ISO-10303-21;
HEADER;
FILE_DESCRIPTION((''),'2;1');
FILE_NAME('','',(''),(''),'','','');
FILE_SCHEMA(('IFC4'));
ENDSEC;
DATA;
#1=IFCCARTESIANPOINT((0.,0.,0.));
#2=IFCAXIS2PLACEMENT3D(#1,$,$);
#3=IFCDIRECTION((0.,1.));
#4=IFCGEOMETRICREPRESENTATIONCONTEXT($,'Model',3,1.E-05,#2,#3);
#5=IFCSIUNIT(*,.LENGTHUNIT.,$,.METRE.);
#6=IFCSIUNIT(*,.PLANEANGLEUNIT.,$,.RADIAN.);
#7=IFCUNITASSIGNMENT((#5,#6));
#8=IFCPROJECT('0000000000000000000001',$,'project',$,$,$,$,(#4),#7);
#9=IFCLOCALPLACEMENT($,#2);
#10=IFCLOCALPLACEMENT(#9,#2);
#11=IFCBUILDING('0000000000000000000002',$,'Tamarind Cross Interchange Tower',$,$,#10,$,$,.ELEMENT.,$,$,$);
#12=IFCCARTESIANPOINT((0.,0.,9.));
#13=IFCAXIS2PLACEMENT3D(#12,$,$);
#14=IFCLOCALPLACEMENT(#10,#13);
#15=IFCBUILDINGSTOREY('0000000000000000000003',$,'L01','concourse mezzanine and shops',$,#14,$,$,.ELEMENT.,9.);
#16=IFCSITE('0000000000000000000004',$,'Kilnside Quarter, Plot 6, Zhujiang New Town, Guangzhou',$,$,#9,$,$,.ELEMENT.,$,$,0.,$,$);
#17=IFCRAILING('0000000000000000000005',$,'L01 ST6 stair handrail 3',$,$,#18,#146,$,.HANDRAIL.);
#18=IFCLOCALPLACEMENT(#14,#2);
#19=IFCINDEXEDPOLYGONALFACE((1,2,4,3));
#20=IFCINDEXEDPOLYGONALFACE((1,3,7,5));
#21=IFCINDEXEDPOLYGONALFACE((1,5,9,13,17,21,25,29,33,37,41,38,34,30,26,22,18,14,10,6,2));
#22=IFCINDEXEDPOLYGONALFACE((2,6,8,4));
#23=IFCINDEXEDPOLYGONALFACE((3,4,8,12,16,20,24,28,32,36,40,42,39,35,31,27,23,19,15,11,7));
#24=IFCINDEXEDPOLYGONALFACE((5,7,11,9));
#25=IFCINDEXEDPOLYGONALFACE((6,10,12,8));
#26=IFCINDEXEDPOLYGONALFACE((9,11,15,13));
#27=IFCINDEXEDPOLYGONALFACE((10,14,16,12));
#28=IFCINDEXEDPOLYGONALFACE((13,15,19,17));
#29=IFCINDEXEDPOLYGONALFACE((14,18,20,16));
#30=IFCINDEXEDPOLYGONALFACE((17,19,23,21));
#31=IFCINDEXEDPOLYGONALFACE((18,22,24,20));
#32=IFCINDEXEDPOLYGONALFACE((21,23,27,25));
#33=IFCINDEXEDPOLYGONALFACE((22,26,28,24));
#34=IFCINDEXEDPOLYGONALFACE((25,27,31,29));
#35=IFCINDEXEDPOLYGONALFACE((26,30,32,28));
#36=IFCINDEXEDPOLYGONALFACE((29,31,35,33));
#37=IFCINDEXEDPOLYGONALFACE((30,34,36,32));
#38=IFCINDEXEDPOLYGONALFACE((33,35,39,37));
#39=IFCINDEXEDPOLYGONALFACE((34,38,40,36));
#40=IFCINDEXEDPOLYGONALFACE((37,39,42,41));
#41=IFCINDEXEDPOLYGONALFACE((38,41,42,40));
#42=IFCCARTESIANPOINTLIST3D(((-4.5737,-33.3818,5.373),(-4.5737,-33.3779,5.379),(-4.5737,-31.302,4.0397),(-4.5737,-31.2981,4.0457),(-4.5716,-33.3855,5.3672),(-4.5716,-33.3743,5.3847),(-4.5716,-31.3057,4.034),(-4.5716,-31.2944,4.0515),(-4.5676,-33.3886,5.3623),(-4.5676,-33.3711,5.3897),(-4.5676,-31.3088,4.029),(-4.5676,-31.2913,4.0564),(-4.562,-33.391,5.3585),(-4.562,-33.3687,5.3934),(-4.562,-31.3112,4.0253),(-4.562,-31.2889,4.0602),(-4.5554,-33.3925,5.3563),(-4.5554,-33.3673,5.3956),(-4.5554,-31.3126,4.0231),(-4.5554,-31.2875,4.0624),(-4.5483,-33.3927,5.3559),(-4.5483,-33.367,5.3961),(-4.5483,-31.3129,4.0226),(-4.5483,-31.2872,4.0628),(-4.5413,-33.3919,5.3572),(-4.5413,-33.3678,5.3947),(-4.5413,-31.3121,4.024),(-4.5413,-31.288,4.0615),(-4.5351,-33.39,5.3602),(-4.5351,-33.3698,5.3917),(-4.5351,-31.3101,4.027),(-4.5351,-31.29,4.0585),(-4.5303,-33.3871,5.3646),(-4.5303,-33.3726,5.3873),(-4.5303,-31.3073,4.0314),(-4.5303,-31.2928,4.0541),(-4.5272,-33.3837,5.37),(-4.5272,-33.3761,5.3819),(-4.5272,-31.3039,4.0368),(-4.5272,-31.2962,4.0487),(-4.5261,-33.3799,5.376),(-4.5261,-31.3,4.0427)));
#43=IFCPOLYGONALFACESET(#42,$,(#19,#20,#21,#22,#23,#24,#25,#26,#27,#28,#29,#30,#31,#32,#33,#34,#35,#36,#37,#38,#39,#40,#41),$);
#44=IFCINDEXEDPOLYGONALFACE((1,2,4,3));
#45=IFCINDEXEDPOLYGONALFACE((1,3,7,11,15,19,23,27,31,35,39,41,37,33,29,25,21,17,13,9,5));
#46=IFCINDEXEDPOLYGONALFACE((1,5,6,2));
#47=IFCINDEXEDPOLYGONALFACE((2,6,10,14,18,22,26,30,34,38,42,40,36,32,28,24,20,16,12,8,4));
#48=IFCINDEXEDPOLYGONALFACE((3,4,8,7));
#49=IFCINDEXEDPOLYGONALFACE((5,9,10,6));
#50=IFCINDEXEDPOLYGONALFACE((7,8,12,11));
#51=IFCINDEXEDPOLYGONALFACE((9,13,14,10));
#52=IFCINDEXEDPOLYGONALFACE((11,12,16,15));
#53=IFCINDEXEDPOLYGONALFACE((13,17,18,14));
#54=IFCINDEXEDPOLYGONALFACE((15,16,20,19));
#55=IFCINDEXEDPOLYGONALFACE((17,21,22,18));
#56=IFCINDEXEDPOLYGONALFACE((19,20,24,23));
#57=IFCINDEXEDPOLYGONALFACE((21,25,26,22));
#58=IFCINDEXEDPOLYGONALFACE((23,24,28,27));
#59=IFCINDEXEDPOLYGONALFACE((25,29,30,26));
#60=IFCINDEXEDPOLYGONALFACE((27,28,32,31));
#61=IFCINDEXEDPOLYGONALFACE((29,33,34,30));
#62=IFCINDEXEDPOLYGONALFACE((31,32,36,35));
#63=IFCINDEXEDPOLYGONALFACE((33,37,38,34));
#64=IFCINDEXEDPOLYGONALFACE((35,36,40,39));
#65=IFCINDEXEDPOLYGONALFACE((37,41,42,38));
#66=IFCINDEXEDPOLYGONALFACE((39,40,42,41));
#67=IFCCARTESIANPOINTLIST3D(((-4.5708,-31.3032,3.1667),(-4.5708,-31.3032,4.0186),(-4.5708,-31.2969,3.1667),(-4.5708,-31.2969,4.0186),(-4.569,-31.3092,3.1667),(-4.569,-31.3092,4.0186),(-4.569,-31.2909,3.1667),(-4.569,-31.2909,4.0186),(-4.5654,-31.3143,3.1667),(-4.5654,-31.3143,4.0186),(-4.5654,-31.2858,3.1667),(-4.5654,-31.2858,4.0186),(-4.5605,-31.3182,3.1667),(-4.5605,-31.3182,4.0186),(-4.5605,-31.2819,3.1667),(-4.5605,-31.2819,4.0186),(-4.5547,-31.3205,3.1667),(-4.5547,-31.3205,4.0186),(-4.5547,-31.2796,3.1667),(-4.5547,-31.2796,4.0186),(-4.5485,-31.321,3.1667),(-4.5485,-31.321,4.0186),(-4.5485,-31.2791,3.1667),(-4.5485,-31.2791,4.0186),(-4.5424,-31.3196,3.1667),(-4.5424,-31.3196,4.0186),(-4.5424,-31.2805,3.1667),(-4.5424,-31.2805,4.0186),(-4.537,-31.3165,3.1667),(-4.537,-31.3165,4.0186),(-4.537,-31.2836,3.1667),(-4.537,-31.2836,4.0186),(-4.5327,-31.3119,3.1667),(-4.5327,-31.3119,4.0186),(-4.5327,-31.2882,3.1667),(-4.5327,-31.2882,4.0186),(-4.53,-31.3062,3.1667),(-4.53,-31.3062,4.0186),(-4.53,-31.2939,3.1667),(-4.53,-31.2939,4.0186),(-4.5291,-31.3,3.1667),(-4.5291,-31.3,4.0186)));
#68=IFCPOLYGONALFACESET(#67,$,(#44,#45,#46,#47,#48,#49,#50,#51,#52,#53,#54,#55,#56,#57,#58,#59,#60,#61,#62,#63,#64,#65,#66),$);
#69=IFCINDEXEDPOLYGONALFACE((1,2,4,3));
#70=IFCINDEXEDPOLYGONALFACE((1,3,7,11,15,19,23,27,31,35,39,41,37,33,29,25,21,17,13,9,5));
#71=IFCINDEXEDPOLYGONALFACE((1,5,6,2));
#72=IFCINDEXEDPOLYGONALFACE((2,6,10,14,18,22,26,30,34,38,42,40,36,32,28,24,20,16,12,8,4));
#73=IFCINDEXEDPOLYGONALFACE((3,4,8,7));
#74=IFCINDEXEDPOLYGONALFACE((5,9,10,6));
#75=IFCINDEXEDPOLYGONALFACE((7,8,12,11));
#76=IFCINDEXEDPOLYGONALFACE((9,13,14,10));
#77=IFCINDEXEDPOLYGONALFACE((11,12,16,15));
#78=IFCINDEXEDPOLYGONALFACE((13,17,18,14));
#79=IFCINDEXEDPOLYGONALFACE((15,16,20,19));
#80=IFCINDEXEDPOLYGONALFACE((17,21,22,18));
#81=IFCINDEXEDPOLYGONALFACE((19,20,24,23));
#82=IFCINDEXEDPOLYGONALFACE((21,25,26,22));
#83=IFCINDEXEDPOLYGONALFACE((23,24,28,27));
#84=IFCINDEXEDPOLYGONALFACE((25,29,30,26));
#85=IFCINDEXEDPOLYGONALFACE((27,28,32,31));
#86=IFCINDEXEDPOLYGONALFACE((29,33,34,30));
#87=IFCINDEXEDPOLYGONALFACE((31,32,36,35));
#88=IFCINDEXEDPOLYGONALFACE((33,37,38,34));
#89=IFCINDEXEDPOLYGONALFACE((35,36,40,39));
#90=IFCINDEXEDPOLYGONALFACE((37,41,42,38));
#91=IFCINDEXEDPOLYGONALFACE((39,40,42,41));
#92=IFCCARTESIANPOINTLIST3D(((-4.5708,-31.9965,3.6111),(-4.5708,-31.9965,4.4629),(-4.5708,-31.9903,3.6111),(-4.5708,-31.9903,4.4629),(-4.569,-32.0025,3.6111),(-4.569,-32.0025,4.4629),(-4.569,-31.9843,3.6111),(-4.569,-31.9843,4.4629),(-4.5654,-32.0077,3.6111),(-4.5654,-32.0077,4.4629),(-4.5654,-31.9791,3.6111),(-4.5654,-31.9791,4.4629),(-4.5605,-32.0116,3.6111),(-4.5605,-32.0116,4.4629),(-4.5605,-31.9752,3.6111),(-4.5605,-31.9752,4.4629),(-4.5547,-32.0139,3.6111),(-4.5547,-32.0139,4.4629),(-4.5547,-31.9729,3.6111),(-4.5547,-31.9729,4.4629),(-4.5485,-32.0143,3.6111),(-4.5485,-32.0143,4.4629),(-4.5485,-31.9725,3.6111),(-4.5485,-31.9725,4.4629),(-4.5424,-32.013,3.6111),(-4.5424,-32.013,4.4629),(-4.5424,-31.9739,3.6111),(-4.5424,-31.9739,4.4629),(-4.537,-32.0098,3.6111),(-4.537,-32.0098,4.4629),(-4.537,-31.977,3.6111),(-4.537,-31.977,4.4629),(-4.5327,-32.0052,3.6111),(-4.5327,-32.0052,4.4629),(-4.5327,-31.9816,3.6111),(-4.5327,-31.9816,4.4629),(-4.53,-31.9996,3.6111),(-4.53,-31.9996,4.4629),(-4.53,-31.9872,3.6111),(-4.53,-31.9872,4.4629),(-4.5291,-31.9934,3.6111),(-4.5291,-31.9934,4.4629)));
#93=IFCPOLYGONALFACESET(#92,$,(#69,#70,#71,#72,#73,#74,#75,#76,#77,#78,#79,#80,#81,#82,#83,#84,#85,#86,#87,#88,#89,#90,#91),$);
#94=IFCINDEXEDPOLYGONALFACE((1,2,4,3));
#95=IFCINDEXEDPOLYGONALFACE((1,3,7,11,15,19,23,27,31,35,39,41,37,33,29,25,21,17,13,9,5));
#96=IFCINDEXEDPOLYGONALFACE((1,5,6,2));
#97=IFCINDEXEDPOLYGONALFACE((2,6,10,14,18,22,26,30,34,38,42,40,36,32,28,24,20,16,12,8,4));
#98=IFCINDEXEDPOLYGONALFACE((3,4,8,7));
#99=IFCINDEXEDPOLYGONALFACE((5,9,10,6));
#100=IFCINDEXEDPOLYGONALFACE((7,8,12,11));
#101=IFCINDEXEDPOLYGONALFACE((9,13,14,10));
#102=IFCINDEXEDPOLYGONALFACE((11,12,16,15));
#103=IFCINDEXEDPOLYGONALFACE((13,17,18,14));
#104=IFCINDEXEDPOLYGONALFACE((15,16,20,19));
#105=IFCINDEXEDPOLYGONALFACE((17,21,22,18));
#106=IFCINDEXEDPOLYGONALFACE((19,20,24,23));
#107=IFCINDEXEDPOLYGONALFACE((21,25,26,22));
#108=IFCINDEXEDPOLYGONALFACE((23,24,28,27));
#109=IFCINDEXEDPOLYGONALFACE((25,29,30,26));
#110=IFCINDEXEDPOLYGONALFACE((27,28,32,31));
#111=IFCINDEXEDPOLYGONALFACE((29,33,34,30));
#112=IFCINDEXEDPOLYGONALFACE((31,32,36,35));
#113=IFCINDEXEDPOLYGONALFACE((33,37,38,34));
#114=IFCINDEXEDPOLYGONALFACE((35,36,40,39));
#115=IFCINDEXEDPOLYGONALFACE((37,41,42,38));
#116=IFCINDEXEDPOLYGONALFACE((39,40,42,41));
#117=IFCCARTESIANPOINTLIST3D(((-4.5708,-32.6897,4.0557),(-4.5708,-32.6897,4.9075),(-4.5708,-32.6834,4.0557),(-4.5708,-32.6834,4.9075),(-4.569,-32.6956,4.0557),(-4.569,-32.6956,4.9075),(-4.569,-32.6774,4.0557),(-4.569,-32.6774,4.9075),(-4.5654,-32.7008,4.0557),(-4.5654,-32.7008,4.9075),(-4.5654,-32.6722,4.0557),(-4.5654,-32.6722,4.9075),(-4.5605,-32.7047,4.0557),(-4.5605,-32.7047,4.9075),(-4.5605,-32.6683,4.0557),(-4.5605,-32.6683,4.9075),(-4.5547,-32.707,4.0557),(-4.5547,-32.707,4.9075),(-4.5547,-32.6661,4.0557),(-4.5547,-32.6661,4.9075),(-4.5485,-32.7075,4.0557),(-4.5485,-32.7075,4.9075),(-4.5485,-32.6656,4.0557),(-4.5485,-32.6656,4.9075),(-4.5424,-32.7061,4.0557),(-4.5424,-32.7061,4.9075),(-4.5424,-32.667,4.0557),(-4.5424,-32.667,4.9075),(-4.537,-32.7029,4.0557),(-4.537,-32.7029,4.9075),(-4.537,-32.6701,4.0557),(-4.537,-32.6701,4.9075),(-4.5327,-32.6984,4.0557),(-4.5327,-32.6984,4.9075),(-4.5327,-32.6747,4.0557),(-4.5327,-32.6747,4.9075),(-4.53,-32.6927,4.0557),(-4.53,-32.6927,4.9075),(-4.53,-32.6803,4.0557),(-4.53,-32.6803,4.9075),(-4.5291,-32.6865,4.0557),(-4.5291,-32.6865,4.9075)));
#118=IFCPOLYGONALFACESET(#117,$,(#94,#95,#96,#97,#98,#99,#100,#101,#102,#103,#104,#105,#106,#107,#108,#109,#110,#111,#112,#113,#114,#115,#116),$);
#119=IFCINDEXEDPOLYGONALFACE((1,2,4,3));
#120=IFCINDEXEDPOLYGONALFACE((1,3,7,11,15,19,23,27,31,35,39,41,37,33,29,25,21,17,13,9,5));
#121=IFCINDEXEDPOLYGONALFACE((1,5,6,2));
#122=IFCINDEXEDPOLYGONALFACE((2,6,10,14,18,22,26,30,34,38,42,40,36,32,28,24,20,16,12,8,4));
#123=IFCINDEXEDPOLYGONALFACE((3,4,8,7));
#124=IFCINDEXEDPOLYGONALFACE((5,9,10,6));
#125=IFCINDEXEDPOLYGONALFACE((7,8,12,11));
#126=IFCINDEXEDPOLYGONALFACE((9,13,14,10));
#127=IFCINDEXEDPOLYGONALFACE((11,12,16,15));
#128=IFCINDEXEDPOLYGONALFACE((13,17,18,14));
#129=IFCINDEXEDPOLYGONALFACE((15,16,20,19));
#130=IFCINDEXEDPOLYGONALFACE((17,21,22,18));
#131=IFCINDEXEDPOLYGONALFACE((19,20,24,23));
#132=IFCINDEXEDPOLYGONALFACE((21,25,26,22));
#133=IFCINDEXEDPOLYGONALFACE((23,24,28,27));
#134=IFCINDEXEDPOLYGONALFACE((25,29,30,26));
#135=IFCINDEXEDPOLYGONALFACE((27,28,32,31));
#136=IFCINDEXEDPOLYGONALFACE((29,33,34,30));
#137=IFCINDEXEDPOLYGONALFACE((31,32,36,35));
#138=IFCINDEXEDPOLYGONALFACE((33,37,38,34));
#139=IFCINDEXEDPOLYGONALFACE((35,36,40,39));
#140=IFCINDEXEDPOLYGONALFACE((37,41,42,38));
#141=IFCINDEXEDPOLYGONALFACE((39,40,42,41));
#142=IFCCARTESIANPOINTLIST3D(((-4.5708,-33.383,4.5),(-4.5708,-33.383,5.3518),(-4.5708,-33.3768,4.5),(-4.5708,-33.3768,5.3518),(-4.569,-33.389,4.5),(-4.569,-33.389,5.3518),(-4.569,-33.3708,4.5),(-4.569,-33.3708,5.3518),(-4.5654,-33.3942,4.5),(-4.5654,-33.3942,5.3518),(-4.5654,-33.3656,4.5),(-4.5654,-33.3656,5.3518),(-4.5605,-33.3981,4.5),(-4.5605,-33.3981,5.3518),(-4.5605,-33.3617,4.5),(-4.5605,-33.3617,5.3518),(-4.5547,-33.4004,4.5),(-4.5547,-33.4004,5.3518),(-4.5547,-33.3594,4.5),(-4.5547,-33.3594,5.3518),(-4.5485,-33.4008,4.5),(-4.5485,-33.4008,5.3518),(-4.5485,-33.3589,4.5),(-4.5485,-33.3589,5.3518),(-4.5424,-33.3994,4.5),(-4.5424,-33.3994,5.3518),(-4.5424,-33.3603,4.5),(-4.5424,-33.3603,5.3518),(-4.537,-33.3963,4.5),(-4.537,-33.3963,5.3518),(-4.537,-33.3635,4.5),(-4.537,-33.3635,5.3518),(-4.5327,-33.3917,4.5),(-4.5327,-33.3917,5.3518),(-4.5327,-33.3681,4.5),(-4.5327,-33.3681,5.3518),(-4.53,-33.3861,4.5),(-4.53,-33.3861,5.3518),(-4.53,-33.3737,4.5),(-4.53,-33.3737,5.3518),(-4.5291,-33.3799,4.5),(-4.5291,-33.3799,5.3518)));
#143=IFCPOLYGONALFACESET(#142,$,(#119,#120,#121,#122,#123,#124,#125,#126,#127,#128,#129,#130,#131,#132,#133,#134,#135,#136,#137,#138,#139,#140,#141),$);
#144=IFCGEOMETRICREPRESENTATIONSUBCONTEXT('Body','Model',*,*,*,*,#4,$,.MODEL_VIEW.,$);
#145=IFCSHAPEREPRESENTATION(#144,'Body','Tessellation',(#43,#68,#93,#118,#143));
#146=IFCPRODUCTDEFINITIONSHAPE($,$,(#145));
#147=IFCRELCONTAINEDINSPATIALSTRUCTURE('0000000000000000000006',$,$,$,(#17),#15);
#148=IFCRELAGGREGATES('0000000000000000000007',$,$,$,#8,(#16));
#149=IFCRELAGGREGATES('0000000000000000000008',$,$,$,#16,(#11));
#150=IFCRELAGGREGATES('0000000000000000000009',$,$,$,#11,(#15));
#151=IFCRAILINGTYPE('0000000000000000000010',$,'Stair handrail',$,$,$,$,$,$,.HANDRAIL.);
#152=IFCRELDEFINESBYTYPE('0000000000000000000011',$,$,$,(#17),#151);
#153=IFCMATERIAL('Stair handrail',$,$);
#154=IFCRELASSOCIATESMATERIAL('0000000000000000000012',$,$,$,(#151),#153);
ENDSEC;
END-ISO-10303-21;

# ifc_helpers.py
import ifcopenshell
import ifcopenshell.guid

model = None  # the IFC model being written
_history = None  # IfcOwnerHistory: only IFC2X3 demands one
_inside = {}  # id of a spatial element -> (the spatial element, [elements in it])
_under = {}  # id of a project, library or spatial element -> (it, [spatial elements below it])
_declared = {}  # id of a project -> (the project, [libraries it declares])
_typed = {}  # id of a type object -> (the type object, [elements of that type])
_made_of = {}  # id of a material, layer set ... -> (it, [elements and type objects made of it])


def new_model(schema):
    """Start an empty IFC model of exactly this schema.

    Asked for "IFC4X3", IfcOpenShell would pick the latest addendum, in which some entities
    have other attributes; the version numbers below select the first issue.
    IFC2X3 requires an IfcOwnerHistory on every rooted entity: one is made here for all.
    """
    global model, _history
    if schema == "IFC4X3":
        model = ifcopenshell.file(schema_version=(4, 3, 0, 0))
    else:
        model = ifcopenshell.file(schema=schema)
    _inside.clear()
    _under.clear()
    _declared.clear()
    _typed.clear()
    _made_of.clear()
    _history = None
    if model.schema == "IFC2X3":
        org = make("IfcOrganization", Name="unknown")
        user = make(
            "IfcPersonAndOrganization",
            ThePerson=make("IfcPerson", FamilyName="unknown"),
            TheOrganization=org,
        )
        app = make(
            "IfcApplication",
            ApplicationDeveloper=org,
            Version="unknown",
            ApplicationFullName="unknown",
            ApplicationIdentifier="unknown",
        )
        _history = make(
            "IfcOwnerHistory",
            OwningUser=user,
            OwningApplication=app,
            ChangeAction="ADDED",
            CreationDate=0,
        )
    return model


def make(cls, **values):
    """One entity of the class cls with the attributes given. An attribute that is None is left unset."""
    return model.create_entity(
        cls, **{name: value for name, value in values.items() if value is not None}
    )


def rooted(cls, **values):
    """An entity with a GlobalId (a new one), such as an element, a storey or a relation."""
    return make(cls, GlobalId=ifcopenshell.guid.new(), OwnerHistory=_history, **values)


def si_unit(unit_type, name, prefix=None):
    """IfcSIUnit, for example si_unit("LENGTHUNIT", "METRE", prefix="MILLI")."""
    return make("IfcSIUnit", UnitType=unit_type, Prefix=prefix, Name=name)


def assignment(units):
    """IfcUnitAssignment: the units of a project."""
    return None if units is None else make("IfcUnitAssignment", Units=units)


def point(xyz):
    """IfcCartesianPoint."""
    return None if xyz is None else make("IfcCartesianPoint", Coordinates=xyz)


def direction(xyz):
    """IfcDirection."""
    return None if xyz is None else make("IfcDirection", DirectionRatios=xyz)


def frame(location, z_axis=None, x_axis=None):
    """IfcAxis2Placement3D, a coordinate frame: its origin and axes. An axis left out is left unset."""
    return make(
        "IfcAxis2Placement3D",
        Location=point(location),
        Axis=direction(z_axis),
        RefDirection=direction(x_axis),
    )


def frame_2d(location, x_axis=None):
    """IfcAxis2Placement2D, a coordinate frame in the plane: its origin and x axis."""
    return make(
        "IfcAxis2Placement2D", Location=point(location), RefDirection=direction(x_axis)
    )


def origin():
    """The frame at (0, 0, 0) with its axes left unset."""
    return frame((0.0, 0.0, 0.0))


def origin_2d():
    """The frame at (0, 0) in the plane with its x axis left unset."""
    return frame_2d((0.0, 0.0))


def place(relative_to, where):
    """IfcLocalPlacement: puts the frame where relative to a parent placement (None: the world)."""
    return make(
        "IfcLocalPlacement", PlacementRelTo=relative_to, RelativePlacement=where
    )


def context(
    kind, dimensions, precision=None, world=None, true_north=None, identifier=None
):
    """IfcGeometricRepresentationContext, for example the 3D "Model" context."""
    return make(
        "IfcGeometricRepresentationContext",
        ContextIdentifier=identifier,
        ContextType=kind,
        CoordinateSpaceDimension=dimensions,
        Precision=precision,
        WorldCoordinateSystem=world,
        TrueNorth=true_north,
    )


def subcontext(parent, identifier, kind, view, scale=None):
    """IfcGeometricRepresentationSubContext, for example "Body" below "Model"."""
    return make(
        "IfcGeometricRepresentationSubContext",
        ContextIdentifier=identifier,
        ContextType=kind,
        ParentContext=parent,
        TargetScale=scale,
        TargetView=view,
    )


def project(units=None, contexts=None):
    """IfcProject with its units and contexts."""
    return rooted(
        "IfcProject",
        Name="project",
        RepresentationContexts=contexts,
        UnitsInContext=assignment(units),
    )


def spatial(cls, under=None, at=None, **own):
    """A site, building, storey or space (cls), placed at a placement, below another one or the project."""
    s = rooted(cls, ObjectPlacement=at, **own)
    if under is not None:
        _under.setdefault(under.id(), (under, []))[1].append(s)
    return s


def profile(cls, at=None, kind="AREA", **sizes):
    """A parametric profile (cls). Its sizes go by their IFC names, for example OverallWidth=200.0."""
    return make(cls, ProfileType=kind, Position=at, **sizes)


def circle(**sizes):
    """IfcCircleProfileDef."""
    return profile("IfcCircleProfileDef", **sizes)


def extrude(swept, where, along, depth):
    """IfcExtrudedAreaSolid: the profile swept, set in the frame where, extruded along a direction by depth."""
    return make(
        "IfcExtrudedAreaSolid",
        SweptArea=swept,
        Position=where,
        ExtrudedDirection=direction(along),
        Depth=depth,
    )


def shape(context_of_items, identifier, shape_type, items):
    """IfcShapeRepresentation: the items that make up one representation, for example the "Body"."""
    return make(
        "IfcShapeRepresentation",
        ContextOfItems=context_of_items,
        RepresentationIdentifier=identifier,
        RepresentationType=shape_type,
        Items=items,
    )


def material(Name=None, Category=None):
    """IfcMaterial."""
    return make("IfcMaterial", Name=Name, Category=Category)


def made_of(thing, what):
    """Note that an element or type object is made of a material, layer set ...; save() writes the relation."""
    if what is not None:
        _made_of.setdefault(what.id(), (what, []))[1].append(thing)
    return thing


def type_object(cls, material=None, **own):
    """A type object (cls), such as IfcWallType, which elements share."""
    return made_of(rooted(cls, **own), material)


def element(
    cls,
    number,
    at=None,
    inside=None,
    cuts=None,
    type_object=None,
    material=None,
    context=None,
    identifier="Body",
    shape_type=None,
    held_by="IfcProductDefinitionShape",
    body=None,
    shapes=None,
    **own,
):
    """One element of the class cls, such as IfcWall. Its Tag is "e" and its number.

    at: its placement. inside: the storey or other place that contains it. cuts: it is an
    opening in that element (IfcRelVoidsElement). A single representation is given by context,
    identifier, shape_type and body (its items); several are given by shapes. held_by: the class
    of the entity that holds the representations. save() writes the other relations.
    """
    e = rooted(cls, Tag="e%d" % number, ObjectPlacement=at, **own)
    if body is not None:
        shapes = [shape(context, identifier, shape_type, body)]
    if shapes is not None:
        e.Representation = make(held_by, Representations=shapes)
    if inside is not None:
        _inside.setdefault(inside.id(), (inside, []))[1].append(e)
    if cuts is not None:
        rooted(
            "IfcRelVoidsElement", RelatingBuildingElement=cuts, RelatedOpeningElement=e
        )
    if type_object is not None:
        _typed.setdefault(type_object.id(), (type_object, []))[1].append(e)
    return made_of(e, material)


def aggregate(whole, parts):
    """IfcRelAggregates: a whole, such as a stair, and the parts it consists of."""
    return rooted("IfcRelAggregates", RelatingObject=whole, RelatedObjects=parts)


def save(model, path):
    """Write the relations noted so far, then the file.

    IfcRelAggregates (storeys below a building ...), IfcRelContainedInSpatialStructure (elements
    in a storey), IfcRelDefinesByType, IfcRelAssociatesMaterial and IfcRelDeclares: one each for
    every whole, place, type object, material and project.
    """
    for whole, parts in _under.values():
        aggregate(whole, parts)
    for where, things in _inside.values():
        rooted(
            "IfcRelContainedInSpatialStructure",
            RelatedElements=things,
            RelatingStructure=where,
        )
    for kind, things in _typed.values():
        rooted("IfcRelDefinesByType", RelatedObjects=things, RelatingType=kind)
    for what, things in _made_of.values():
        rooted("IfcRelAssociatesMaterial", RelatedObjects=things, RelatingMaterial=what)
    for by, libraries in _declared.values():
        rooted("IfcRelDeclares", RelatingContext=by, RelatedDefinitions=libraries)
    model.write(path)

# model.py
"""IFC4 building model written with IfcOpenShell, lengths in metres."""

from ifc_helpers import new_model, si_unit, direction, frame, origin, origin_2d, place, context, subcontext, project, spatial, circle, extrude, material, type_object, element, save


model = new_model("IFC4")

# Units and contexts
model_context = context("Model", 3, precision=1e-05, world=origin(), true_north=direction((0.0, 1.0)))
body_context = subcontext(model_context, "Body", "Model", "MODEL_VIEW")
ifc_project = project(units=[si_unit("LENGTHUNIT", "METRE"), si_unit("PLANEANGLEUNIT", "RADIAN")], contexts=[model_context])

# Site, building, storey
site_placement = place(None, origin())
site = spatial("IfcSite", under=ifc_project, at=site_placement, Name="Kilnside Quarter, Plot 6, Zhujiang New Town, Guangzhou", CompositionType="ELEMENT", RefElevation=0.0)
building_placement = place(site_placement, origin())
building = spatial("IfcBuilding", under=site, at=building_placement, Name="Tamarind Cross Interchange Tower", CompositionType="ELEMENT")
storey_placement = place(building_placement, frame((0.0, 0.0, 9.0)))
storey = spatial("IfcBuildingStorey", under=building, at=storey_placement, Name="L01", Description="concourse mezzanine and shops", CompositionType="ELEMENT", Elevation=9.0)

# Railing
ifc_material_1 = material(Name="Stair handrail")
railing_type_1 = type_object("IfcRailingType", Name="Stair handrail", PredefinedType="HANDRAIL", material=ifc_material_1)
railing_1_placement = place(storey_placement, frame((-4.55, -31.3, 3.1667)))
element("IfcRailing", 1, at=railing_1_placement, inside=storey, type_object=railing_type_1, Name="L01 ST6 stair handrail 3", PredefinedType="HANDRAIL", context=body_context, shape_type="SweptSolid", body=[
    extrude(circle(Radius=0.0239, at=origin_2d()), frame((0.0, 0.0, 0.876), z_axis=(0.0, -0.841875, 0.539673), x_axis=(1.0, 0.0, 0.0)), (0.0, 0.0, 1.0), 2.4705),
    extrude(circle(Radius=0.021, at=origin_2d()), origin(), (0.0, 0.0, 1.0), 0.8518),
    extrude(circle(Radius=0.021, at=origin_2d()), frame((0.0, -0.6934, 0.4443)), (0.0, 0.0, 1.0), 0.8518),
    extrude(circle(Radius=0.021, at=origin_2d()), frame((0.0, -1.3865, 0.8889)), (0.0, 0.0, 1.0), 0.8518),
    extrude(circle(Radius=0.021, at=origin_2d()), frame((0.0, -2.0798, 1.3333)), (0.0, 0.0, 1.0), 0.8518),
])

save(model, "model.ifc")
